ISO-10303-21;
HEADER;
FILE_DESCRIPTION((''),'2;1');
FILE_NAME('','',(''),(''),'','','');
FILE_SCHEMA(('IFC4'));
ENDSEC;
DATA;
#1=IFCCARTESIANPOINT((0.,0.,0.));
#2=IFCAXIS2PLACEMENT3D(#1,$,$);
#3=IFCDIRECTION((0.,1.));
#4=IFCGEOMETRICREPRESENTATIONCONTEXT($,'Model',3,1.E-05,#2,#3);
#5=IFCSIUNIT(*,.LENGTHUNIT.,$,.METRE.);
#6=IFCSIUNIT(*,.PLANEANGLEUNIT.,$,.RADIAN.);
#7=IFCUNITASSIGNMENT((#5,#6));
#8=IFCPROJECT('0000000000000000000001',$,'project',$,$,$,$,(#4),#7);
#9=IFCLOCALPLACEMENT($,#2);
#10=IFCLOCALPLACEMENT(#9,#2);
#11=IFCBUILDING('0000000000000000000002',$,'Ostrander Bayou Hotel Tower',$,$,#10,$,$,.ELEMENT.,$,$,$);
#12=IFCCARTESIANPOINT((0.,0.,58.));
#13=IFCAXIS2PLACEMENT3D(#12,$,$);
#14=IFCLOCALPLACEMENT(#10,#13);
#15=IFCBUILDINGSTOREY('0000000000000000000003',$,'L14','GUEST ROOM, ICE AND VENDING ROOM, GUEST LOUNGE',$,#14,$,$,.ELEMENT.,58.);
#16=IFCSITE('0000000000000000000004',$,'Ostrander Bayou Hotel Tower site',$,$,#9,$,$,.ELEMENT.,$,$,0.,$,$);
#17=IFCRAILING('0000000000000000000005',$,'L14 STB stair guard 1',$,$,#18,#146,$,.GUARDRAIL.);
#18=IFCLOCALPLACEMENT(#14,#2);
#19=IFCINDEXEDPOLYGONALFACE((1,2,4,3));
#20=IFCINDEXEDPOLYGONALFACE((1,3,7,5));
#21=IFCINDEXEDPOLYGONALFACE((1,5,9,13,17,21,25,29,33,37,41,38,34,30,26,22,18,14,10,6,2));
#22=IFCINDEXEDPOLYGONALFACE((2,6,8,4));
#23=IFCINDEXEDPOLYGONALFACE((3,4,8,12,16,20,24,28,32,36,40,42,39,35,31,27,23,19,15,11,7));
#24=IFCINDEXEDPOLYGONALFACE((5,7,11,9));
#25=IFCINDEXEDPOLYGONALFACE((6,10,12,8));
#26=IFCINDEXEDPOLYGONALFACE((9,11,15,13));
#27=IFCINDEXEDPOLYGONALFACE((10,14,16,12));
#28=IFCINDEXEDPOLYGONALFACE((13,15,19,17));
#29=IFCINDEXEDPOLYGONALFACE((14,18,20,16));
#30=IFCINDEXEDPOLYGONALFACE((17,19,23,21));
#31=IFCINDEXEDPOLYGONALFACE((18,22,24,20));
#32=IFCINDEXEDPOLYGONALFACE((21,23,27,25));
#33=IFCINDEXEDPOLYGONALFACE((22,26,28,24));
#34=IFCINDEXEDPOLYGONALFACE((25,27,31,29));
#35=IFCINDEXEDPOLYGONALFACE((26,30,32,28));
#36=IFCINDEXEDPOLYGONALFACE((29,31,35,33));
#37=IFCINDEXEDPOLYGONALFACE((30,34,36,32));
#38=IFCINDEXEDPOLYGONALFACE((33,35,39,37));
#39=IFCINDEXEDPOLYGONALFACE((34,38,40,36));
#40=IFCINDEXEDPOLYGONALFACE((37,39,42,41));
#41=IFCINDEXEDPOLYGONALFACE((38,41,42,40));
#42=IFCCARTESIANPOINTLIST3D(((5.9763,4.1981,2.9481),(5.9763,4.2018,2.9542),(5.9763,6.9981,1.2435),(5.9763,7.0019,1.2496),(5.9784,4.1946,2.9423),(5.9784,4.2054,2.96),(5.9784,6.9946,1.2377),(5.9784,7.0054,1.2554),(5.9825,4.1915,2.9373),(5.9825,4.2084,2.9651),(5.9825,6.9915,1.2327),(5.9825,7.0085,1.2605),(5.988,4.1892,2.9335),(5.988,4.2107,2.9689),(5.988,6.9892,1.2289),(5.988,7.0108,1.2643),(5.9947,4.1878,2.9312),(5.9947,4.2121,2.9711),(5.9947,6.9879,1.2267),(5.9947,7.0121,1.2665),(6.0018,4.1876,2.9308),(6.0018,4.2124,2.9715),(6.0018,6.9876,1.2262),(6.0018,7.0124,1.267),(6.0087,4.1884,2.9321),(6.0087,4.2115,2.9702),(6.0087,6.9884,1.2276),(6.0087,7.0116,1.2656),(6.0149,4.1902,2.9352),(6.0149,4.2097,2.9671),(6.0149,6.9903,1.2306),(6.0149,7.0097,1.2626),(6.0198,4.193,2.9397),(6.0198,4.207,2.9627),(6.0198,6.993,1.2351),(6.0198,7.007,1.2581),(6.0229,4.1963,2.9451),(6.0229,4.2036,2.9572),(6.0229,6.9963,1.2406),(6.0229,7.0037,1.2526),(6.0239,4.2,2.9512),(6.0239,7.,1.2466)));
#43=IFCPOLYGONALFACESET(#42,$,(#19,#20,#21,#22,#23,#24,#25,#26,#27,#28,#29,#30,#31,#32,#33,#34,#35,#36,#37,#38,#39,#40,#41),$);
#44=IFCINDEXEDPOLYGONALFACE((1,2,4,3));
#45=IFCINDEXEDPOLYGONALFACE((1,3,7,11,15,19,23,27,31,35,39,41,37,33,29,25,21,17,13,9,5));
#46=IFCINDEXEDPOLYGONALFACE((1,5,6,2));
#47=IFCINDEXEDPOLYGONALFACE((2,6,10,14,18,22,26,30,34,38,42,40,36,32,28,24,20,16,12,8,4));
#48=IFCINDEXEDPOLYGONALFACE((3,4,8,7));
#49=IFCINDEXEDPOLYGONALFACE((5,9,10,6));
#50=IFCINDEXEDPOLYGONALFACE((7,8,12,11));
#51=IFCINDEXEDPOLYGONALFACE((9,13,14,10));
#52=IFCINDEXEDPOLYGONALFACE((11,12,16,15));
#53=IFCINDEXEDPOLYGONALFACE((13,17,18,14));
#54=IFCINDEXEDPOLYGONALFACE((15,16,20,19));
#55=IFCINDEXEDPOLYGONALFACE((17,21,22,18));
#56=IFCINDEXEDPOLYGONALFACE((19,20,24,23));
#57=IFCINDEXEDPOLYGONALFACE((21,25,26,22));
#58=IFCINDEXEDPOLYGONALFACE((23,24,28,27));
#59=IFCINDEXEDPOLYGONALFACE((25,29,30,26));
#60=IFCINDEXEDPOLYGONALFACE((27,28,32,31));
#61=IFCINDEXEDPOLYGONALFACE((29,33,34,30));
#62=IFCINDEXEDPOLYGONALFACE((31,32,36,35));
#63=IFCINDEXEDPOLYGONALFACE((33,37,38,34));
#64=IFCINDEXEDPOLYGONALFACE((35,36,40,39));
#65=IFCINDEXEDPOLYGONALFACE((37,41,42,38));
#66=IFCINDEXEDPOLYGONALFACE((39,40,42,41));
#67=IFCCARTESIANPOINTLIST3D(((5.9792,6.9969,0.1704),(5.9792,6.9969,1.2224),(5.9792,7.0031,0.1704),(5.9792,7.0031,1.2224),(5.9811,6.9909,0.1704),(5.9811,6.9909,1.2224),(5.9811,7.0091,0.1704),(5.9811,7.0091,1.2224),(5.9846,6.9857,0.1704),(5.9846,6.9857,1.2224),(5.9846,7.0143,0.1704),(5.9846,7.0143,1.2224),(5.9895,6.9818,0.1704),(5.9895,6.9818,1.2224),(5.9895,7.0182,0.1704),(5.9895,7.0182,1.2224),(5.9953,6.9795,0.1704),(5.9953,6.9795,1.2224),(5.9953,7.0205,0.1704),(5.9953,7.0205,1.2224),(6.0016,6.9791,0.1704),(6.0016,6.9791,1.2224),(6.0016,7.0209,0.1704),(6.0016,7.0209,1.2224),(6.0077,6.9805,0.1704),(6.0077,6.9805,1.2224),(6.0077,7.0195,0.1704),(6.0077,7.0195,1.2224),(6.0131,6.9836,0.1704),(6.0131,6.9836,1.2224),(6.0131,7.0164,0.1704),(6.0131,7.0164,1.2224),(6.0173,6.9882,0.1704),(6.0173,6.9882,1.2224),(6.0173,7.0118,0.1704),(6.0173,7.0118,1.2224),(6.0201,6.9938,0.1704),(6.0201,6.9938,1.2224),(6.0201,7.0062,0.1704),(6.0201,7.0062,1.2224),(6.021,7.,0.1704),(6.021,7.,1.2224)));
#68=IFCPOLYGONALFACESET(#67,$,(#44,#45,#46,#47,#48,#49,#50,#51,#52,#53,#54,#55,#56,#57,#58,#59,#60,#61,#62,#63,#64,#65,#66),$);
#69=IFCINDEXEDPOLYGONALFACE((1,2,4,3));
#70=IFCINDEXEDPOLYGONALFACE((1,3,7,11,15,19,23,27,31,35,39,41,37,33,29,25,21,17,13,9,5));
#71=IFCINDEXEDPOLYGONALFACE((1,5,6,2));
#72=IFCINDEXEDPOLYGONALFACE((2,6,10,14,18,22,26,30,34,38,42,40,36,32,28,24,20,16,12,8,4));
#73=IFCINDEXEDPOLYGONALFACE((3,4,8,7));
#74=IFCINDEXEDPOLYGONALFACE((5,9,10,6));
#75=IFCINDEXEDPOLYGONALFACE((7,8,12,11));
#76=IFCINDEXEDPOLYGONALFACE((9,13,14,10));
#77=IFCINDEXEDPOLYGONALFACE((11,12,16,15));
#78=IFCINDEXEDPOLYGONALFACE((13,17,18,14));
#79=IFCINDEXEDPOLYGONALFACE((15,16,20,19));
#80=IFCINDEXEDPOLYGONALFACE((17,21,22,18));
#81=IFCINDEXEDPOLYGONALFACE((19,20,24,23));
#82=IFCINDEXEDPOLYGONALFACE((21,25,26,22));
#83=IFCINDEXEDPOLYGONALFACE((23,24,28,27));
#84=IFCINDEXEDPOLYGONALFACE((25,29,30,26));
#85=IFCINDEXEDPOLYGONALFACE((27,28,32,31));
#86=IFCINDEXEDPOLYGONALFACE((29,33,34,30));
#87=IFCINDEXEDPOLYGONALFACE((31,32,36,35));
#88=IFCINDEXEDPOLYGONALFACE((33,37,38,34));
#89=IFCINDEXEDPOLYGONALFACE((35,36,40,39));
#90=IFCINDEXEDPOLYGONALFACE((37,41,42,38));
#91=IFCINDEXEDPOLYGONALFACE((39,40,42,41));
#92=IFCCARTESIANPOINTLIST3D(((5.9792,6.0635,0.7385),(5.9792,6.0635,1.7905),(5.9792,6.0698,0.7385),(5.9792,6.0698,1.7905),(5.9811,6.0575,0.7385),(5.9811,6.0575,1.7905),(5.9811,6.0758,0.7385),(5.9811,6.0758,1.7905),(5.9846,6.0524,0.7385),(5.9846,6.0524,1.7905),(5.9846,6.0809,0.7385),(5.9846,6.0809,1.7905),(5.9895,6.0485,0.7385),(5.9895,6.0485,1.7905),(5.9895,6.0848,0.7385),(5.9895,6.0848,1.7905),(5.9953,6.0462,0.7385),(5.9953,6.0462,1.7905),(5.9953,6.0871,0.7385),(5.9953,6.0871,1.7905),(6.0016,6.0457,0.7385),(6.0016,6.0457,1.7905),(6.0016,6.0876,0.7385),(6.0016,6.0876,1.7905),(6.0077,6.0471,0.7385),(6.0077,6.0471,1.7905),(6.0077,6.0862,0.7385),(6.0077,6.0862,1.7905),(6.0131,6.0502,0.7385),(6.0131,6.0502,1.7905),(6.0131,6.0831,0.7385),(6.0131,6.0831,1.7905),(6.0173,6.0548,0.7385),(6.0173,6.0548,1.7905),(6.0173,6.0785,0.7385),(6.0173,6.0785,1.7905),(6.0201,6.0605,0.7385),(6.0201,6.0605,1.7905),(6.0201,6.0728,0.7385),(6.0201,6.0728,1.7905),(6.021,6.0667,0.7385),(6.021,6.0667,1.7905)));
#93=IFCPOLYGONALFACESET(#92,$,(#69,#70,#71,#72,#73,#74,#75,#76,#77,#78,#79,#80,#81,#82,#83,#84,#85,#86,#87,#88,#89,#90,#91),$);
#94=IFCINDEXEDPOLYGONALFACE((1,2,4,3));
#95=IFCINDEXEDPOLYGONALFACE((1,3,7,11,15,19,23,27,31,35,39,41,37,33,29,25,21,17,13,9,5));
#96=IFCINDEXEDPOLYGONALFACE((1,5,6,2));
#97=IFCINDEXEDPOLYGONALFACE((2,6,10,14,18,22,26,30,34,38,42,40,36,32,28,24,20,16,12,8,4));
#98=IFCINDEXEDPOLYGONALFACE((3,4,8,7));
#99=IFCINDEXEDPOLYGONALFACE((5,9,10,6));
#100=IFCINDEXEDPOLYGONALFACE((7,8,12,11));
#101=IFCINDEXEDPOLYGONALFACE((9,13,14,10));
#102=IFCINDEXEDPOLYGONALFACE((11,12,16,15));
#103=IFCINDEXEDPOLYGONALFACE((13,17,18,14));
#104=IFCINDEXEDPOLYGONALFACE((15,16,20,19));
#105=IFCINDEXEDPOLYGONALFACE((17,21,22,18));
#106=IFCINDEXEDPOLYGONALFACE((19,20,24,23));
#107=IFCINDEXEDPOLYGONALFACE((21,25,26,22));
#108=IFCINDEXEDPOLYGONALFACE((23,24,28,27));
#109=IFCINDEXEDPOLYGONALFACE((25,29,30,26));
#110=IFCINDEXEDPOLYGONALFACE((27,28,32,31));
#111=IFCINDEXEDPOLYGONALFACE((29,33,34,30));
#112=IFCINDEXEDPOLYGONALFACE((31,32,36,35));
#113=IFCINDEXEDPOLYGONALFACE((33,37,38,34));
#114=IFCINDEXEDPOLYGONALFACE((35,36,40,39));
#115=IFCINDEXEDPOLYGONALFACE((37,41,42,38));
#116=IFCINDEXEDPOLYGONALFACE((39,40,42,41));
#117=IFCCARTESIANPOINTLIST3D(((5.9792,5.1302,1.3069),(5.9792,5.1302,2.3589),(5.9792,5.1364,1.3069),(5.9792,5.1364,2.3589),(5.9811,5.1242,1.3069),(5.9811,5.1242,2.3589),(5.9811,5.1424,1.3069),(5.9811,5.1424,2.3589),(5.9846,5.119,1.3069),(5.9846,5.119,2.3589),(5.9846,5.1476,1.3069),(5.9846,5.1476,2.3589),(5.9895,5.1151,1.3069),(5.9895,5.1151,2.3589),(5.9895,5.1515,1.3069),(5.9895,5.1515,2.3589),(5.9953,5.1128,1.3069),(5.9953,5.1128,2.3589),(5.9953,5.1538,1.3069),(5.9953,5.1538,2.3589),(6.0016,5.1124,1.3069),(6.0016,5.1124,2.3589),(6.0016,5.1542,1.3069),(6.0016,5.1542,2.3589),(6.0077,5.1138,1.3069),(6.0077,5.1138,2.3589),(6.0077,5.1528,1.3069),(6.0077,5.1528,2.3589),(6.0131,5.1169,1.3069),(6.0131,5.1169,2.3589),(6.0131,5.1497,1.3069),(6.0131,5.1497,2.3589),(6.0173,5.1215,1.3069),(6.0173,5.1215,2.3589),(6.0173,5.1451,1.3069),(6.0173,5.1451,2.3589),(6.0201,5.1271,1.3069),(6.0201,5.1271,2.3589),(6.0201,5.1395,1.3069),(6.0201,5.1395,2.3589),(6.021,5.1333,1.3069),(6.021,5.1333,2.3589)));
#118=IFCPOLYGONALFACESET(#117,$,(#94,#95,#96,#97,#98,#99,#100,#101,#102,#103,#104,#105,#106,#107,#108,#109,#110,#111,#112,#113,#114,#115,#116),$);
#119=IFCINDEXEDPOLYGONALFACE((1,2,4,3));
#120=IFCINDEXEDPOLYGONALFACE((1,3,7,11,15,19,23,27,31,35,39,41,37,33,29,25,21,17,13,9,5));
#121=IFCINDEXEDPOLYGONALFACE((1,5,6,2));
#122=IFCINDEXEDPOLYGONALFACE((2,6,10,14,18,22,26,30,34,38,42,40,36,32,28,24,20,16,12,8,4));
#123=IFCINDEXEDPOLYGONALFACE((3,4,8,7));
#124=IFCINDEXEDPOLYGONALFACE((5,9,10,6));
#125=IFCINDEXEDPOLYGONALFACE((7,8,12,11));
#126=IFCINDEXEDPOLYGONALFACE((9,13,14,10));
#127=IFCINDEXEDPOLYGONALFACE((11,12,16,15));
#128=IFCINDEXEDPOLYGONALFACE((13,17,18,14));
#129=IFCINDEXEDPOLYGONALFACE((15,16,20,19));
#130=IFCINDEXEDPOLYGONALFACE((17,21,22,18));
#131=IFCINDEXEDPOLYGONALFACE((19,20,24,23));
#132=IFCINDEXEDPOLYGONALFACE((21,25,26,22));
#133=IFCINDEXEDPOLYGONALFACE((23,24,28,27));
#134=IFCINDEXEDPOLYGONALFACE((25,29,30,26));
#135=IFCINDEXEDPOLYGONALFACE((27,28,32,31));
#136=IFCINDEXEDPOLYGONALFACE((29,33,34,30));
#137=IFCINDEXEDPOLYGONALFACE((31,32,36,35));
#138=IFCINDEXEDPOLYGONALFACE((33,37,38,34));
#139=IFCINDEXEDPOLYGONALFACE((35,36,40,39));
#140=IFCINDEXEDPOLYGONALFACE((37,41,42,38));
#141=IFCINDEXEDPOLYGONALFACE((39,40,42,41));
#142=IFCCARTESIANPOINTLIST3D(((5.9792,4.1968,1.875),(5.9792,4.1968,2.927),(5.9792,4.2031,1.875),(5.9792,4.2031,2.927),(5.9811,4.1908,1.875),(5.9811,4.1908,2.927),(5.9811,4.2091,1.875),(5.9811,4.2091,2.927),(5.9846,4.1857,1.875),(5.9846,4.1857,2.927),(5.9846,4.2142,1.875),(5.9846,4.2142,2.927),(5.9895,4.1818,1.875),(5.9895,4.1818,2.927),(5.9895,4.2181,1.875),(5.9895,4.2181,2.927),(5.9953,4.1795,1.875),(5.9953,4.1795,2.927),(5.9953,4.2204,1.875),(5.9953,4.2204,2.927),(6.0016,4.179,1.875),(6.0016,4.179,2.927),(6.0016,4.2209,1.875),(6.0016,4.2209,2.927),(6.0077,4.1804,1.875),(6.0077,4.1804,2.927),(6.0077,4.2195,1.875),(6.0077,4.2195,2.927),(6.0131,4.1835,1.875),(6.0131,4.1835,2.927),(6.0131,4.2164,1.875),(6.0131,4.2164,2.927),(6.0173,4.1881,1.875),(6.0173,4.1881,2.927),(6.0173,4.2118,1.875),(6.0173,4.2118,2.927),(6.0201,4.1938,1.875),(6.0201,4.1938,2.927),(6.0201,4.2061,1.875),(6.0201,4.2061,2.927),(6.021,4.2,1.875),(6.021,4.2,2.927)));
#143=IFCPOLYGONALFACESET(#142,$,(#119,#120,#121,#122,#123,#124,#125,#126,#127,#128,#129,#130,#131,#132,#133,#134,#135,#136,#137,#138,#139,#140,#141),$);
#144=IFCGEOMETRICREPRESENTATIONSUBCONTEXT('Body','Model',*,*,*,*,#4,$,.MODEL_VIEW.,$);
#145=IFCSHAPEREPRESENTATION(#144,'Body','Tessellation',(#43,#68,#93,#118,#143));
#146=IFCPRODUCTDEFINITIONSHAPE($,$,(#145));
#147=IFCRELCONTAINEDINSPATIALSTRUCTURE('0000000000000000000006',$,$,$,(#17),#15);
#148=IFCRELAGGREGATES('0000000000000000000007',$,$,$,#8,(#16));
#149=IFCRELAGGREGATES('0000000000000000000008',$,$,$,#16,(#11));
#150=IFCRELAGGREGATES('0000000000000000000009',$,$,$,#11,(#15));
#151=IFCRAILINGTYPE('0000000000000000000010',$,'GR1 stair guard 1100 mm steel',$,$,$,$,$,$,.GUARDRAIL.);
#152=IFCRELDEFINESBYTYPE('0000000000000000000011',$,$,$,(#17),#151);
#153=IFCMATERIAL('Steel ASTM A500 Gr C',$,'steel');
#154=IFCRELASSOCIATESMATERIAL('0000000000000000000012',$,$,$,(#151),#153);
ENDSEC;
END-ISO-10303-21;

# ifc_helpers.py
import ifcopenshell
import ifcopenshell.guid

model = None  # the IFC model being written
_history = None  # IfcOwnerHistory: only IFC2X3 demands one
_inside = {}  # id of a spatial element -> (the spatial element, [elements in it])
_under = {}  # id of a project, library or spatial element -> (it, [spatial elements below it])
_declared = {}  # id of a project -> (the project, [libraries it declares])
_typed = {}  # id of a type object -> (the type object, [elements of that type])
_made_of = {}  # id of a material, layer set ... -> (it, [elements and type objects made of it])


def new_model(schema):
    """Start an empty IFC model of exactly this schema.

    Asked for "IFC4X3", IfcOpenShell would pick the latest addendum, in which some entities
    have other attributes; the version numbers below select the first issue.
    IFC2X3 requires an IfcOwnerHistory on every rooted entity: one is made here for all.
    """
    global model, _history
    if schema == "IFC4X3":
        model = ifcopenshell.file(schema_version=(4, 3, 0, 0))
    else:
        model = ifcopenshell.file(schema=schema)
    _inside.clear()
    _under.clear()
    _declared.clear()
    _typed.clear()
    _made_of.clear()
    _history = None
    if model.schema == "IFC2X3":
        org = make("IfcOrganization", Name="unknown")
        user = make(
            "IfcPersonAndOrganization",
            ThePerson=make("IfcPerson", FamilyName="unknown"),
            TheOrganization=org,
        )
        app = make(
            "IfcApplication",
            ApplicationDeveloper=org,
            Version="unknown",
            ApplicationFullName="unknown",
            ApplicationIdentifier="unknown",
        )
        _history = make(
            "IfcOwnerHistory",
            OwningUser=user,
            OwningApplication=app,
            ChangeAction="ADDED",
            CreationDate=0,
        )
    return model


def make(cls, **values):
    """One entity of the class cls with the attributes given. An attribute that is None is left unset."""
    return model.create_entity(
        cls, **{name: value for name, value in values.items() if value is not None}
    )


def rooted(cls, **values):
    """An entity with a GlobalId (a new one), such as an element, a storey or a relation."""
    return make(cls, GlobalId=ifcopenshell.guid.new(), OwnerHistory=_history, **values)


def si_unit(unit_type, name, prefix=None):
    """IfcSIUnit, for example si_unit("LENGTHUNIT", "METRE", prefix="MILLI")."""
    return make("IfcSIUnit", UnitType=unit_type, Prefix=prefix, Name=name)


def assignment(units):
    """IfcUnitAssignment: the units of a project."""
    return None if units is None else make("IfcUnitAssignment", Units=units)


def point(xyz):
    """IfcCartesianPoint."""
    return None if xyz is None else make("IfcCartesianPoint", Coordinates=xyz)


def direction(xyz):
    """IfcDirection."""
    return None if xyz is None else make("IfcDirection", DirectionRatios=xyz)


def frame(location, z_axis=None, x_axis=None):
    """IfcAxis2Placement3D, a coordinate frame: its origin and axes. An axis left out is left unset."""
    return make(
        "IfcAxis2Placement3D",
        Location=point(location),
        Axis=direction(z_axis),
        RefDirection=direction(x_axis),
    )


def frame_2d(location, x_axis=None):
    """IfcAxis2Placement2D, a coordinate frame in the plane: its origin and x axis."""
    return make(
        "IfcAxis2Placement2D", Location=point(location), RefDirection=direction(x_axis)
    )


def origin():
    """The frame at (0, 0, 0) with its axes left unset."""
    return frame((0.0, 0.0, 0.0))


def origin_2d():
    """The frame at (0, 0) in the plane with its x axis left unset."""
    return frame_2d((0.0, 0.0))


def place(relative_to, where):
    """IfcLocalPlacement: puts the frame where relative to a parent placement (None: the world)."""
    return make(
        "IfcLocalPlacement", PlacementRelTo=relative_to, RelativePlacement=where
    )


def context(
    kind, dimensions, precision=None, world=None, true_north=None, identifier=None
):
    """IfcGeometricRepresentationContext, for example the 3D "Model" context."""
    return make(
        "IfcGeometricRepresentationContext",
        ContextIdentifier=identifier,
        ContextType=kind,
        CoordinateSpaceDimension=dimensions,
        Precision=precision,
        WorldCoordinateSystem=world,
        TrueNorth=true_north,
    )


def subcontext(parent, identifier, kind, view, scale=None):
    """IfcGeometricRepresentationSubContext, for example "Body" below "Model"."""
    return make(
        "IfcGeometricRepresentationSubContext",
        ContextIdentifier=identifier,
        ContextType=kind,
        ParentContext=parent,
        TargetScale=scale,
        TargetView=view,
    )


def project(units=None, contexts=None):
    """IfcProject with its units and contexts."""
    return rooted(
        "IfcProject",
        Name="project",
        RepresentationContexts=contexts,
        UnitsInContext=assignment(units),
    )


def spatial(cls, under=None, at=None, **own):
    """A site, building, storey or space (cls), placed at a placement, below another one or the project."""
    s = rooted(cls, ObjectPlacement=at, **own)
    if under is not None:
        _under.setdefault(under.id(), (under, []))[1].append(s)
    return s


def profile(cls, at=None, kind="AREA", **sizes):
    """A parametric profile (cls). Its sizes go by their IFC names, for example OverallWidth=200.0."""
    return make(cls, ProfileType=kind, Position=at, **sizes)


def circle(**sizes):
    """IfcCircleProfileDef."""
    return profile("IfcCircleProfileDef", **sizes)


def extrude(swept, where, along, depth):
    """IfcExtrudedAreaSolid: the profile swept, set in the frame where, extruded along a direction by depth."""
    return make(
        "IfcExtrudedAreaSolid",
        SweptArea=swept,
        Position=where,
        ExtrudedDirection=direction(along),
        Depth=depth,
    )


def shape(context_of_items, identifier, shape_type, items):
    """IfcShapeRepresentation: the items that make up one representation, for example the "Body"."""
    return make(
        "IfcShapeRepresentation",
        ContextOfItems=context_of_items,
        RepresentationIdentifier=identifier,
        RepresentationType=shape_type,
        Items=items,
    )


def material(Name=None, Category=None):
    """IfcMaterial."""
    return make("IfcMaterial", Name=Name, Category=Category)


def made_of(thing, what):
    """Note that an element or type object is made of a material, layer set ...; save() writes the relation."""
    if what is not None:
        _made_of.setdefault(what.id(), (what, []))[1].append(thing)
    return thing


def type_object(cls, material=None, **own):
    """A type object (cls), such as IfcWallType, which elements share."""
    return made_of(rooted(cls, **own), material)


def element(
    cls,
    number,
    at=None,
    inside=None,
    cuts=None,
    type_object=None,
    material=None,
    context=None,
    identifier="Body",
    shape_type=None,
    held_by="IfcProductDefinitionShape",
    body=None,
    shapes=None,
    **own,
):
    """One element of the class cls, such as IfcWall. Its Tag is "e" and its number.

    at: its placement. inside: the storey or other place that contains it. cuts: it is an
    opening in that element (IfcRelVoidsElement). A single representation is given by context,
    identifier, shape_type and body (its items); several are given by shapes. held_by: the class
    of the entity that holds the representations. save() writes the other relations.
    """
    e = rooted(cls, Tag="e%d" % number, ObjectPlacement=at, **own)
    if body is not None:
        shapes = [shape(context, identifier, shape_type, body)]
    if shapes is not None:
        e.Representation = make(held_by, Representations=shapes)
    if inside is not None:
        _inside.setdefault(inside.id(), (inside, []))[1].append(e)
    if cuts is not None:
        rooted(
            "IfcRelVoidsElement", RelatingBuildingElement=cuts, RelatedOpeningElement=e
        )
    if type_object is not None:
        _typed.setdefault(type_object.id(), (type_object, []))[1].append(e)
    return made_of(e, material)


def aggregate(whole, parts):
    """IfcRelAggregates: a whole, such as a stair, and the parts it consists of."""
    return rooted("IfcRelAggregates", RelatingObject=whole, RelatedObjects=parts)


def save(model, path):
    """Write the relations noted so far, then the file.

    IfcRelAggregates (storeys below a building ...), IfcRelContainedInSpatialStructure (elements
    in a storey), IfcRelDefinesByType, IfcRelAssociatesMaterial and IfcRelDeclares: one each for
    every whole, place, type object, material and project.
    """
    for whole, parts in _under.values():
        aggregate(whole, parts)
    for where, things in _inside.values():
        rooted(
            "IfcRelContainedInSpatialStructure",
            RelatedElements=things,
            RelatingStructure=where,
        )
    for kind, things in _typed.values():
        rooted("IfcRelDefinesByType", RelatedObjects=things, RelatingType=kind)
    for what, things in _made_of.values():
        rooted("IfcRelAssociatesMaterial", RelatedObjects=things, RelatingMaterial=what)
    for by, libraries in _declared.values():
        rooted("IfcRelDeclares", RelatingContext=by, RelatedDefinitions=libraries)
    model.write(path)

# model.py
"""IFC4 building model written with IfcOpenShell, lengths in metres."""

from ifc_helpers import new_model, si_unit, direction, frame, origin, origin_2d, place, context, subcontext, project, spatial, circle, extrude, material, type_object, element, save


model = new_model("IFC4")

# Units and contexts
model_context = context("Model", 3, precision=1e-05, world=origin(), true_north=direction((0.0, 1.0)))
body_context = subcontext(model_context, "Body", "Model", "MODEL_VIEW")
ifc_project = project(units=[si_unit("LENGTHUNIT", "METRE"), si_unit("PLANEANGLEUNIT", "RADIAN")], contexts=[model_context])

# Site, building, storey
site_placement = place(None, origin())
site = spatial("IfcSite", under=ifc_project, at=site_placement, Name="Ostrander Bayou Hotel Tower site", CompositionType="ELEMENT", RefElevation=0.0)
building_placement = place(site_placement, origin())
building = spatial("IfcBuilding", under=site, at=building_placement, Name="Ostrander Bayou Hotel Tower", CompositionType="ELEMENT")
storey_placement = place(building_placement, frame((0.0, 0.0, 58.0)))
storey = spatial("IfcBuildingStorey", under=building, at=storey_placement, Name="L14", Description="GUEST ROOM, ICE AND VENDING ROOM, GUEST LOUNGE", CompositionType="ELEMENT", Elevation=58.0)

# Railing
ifc_material_1 = material(Name="Steel ASTM A500 Gr C", Category="steel")
railing_type = type_object("IfcRailingType", Name="GR1 stair guard 1100 mm steel", PredefinedType="GUARDRAIL", material=ifc_material_1)
railing_1_placement = place(storey_placement, frame((6.0, 7.0, 0.1704)))
element("IfcRailing", 1, at=railing_1_placement, inside=storey, type_object=railing_type, Name="L14 STB stair guard 1", PredefinedType="GUARDRAIL", context=body_context, shape_type="SweptSolid", body=[
    extrude(circle(Radius=0.0239, at=origin_2d()), frame((0.0, 0.0, 1.0762), z_axis=(0.0, -0.85417, 0.519994), x_axis=(1.0, 0.0, 0.0)), (0.0, 0.0, 1.0), 3.2781),
    extrude(circle(Radius=0.021, at=origin_2d()), origin(), (0.0, 0.0, 1.0), 1.052),
    extrude(circle(Radius=0.021, at=origin_2d()), frame((0.0, -0.9333, 0.5681)), (0.0, 0.0, 1.0), 1.052),
    extrude(circle(Radius=0.021, at=origin_2d()), frame((0.0, -1.8667, 1.1365)), (0.0, 0.0, 1.0), 1.052),
    extrude(circle(Radius=0.021, at=origin_2d()), frame((0.0, -2.8, 1.7046)), (0.0, 0.0, 1.0), 1.052),
])

save(model, "model.ifc")
